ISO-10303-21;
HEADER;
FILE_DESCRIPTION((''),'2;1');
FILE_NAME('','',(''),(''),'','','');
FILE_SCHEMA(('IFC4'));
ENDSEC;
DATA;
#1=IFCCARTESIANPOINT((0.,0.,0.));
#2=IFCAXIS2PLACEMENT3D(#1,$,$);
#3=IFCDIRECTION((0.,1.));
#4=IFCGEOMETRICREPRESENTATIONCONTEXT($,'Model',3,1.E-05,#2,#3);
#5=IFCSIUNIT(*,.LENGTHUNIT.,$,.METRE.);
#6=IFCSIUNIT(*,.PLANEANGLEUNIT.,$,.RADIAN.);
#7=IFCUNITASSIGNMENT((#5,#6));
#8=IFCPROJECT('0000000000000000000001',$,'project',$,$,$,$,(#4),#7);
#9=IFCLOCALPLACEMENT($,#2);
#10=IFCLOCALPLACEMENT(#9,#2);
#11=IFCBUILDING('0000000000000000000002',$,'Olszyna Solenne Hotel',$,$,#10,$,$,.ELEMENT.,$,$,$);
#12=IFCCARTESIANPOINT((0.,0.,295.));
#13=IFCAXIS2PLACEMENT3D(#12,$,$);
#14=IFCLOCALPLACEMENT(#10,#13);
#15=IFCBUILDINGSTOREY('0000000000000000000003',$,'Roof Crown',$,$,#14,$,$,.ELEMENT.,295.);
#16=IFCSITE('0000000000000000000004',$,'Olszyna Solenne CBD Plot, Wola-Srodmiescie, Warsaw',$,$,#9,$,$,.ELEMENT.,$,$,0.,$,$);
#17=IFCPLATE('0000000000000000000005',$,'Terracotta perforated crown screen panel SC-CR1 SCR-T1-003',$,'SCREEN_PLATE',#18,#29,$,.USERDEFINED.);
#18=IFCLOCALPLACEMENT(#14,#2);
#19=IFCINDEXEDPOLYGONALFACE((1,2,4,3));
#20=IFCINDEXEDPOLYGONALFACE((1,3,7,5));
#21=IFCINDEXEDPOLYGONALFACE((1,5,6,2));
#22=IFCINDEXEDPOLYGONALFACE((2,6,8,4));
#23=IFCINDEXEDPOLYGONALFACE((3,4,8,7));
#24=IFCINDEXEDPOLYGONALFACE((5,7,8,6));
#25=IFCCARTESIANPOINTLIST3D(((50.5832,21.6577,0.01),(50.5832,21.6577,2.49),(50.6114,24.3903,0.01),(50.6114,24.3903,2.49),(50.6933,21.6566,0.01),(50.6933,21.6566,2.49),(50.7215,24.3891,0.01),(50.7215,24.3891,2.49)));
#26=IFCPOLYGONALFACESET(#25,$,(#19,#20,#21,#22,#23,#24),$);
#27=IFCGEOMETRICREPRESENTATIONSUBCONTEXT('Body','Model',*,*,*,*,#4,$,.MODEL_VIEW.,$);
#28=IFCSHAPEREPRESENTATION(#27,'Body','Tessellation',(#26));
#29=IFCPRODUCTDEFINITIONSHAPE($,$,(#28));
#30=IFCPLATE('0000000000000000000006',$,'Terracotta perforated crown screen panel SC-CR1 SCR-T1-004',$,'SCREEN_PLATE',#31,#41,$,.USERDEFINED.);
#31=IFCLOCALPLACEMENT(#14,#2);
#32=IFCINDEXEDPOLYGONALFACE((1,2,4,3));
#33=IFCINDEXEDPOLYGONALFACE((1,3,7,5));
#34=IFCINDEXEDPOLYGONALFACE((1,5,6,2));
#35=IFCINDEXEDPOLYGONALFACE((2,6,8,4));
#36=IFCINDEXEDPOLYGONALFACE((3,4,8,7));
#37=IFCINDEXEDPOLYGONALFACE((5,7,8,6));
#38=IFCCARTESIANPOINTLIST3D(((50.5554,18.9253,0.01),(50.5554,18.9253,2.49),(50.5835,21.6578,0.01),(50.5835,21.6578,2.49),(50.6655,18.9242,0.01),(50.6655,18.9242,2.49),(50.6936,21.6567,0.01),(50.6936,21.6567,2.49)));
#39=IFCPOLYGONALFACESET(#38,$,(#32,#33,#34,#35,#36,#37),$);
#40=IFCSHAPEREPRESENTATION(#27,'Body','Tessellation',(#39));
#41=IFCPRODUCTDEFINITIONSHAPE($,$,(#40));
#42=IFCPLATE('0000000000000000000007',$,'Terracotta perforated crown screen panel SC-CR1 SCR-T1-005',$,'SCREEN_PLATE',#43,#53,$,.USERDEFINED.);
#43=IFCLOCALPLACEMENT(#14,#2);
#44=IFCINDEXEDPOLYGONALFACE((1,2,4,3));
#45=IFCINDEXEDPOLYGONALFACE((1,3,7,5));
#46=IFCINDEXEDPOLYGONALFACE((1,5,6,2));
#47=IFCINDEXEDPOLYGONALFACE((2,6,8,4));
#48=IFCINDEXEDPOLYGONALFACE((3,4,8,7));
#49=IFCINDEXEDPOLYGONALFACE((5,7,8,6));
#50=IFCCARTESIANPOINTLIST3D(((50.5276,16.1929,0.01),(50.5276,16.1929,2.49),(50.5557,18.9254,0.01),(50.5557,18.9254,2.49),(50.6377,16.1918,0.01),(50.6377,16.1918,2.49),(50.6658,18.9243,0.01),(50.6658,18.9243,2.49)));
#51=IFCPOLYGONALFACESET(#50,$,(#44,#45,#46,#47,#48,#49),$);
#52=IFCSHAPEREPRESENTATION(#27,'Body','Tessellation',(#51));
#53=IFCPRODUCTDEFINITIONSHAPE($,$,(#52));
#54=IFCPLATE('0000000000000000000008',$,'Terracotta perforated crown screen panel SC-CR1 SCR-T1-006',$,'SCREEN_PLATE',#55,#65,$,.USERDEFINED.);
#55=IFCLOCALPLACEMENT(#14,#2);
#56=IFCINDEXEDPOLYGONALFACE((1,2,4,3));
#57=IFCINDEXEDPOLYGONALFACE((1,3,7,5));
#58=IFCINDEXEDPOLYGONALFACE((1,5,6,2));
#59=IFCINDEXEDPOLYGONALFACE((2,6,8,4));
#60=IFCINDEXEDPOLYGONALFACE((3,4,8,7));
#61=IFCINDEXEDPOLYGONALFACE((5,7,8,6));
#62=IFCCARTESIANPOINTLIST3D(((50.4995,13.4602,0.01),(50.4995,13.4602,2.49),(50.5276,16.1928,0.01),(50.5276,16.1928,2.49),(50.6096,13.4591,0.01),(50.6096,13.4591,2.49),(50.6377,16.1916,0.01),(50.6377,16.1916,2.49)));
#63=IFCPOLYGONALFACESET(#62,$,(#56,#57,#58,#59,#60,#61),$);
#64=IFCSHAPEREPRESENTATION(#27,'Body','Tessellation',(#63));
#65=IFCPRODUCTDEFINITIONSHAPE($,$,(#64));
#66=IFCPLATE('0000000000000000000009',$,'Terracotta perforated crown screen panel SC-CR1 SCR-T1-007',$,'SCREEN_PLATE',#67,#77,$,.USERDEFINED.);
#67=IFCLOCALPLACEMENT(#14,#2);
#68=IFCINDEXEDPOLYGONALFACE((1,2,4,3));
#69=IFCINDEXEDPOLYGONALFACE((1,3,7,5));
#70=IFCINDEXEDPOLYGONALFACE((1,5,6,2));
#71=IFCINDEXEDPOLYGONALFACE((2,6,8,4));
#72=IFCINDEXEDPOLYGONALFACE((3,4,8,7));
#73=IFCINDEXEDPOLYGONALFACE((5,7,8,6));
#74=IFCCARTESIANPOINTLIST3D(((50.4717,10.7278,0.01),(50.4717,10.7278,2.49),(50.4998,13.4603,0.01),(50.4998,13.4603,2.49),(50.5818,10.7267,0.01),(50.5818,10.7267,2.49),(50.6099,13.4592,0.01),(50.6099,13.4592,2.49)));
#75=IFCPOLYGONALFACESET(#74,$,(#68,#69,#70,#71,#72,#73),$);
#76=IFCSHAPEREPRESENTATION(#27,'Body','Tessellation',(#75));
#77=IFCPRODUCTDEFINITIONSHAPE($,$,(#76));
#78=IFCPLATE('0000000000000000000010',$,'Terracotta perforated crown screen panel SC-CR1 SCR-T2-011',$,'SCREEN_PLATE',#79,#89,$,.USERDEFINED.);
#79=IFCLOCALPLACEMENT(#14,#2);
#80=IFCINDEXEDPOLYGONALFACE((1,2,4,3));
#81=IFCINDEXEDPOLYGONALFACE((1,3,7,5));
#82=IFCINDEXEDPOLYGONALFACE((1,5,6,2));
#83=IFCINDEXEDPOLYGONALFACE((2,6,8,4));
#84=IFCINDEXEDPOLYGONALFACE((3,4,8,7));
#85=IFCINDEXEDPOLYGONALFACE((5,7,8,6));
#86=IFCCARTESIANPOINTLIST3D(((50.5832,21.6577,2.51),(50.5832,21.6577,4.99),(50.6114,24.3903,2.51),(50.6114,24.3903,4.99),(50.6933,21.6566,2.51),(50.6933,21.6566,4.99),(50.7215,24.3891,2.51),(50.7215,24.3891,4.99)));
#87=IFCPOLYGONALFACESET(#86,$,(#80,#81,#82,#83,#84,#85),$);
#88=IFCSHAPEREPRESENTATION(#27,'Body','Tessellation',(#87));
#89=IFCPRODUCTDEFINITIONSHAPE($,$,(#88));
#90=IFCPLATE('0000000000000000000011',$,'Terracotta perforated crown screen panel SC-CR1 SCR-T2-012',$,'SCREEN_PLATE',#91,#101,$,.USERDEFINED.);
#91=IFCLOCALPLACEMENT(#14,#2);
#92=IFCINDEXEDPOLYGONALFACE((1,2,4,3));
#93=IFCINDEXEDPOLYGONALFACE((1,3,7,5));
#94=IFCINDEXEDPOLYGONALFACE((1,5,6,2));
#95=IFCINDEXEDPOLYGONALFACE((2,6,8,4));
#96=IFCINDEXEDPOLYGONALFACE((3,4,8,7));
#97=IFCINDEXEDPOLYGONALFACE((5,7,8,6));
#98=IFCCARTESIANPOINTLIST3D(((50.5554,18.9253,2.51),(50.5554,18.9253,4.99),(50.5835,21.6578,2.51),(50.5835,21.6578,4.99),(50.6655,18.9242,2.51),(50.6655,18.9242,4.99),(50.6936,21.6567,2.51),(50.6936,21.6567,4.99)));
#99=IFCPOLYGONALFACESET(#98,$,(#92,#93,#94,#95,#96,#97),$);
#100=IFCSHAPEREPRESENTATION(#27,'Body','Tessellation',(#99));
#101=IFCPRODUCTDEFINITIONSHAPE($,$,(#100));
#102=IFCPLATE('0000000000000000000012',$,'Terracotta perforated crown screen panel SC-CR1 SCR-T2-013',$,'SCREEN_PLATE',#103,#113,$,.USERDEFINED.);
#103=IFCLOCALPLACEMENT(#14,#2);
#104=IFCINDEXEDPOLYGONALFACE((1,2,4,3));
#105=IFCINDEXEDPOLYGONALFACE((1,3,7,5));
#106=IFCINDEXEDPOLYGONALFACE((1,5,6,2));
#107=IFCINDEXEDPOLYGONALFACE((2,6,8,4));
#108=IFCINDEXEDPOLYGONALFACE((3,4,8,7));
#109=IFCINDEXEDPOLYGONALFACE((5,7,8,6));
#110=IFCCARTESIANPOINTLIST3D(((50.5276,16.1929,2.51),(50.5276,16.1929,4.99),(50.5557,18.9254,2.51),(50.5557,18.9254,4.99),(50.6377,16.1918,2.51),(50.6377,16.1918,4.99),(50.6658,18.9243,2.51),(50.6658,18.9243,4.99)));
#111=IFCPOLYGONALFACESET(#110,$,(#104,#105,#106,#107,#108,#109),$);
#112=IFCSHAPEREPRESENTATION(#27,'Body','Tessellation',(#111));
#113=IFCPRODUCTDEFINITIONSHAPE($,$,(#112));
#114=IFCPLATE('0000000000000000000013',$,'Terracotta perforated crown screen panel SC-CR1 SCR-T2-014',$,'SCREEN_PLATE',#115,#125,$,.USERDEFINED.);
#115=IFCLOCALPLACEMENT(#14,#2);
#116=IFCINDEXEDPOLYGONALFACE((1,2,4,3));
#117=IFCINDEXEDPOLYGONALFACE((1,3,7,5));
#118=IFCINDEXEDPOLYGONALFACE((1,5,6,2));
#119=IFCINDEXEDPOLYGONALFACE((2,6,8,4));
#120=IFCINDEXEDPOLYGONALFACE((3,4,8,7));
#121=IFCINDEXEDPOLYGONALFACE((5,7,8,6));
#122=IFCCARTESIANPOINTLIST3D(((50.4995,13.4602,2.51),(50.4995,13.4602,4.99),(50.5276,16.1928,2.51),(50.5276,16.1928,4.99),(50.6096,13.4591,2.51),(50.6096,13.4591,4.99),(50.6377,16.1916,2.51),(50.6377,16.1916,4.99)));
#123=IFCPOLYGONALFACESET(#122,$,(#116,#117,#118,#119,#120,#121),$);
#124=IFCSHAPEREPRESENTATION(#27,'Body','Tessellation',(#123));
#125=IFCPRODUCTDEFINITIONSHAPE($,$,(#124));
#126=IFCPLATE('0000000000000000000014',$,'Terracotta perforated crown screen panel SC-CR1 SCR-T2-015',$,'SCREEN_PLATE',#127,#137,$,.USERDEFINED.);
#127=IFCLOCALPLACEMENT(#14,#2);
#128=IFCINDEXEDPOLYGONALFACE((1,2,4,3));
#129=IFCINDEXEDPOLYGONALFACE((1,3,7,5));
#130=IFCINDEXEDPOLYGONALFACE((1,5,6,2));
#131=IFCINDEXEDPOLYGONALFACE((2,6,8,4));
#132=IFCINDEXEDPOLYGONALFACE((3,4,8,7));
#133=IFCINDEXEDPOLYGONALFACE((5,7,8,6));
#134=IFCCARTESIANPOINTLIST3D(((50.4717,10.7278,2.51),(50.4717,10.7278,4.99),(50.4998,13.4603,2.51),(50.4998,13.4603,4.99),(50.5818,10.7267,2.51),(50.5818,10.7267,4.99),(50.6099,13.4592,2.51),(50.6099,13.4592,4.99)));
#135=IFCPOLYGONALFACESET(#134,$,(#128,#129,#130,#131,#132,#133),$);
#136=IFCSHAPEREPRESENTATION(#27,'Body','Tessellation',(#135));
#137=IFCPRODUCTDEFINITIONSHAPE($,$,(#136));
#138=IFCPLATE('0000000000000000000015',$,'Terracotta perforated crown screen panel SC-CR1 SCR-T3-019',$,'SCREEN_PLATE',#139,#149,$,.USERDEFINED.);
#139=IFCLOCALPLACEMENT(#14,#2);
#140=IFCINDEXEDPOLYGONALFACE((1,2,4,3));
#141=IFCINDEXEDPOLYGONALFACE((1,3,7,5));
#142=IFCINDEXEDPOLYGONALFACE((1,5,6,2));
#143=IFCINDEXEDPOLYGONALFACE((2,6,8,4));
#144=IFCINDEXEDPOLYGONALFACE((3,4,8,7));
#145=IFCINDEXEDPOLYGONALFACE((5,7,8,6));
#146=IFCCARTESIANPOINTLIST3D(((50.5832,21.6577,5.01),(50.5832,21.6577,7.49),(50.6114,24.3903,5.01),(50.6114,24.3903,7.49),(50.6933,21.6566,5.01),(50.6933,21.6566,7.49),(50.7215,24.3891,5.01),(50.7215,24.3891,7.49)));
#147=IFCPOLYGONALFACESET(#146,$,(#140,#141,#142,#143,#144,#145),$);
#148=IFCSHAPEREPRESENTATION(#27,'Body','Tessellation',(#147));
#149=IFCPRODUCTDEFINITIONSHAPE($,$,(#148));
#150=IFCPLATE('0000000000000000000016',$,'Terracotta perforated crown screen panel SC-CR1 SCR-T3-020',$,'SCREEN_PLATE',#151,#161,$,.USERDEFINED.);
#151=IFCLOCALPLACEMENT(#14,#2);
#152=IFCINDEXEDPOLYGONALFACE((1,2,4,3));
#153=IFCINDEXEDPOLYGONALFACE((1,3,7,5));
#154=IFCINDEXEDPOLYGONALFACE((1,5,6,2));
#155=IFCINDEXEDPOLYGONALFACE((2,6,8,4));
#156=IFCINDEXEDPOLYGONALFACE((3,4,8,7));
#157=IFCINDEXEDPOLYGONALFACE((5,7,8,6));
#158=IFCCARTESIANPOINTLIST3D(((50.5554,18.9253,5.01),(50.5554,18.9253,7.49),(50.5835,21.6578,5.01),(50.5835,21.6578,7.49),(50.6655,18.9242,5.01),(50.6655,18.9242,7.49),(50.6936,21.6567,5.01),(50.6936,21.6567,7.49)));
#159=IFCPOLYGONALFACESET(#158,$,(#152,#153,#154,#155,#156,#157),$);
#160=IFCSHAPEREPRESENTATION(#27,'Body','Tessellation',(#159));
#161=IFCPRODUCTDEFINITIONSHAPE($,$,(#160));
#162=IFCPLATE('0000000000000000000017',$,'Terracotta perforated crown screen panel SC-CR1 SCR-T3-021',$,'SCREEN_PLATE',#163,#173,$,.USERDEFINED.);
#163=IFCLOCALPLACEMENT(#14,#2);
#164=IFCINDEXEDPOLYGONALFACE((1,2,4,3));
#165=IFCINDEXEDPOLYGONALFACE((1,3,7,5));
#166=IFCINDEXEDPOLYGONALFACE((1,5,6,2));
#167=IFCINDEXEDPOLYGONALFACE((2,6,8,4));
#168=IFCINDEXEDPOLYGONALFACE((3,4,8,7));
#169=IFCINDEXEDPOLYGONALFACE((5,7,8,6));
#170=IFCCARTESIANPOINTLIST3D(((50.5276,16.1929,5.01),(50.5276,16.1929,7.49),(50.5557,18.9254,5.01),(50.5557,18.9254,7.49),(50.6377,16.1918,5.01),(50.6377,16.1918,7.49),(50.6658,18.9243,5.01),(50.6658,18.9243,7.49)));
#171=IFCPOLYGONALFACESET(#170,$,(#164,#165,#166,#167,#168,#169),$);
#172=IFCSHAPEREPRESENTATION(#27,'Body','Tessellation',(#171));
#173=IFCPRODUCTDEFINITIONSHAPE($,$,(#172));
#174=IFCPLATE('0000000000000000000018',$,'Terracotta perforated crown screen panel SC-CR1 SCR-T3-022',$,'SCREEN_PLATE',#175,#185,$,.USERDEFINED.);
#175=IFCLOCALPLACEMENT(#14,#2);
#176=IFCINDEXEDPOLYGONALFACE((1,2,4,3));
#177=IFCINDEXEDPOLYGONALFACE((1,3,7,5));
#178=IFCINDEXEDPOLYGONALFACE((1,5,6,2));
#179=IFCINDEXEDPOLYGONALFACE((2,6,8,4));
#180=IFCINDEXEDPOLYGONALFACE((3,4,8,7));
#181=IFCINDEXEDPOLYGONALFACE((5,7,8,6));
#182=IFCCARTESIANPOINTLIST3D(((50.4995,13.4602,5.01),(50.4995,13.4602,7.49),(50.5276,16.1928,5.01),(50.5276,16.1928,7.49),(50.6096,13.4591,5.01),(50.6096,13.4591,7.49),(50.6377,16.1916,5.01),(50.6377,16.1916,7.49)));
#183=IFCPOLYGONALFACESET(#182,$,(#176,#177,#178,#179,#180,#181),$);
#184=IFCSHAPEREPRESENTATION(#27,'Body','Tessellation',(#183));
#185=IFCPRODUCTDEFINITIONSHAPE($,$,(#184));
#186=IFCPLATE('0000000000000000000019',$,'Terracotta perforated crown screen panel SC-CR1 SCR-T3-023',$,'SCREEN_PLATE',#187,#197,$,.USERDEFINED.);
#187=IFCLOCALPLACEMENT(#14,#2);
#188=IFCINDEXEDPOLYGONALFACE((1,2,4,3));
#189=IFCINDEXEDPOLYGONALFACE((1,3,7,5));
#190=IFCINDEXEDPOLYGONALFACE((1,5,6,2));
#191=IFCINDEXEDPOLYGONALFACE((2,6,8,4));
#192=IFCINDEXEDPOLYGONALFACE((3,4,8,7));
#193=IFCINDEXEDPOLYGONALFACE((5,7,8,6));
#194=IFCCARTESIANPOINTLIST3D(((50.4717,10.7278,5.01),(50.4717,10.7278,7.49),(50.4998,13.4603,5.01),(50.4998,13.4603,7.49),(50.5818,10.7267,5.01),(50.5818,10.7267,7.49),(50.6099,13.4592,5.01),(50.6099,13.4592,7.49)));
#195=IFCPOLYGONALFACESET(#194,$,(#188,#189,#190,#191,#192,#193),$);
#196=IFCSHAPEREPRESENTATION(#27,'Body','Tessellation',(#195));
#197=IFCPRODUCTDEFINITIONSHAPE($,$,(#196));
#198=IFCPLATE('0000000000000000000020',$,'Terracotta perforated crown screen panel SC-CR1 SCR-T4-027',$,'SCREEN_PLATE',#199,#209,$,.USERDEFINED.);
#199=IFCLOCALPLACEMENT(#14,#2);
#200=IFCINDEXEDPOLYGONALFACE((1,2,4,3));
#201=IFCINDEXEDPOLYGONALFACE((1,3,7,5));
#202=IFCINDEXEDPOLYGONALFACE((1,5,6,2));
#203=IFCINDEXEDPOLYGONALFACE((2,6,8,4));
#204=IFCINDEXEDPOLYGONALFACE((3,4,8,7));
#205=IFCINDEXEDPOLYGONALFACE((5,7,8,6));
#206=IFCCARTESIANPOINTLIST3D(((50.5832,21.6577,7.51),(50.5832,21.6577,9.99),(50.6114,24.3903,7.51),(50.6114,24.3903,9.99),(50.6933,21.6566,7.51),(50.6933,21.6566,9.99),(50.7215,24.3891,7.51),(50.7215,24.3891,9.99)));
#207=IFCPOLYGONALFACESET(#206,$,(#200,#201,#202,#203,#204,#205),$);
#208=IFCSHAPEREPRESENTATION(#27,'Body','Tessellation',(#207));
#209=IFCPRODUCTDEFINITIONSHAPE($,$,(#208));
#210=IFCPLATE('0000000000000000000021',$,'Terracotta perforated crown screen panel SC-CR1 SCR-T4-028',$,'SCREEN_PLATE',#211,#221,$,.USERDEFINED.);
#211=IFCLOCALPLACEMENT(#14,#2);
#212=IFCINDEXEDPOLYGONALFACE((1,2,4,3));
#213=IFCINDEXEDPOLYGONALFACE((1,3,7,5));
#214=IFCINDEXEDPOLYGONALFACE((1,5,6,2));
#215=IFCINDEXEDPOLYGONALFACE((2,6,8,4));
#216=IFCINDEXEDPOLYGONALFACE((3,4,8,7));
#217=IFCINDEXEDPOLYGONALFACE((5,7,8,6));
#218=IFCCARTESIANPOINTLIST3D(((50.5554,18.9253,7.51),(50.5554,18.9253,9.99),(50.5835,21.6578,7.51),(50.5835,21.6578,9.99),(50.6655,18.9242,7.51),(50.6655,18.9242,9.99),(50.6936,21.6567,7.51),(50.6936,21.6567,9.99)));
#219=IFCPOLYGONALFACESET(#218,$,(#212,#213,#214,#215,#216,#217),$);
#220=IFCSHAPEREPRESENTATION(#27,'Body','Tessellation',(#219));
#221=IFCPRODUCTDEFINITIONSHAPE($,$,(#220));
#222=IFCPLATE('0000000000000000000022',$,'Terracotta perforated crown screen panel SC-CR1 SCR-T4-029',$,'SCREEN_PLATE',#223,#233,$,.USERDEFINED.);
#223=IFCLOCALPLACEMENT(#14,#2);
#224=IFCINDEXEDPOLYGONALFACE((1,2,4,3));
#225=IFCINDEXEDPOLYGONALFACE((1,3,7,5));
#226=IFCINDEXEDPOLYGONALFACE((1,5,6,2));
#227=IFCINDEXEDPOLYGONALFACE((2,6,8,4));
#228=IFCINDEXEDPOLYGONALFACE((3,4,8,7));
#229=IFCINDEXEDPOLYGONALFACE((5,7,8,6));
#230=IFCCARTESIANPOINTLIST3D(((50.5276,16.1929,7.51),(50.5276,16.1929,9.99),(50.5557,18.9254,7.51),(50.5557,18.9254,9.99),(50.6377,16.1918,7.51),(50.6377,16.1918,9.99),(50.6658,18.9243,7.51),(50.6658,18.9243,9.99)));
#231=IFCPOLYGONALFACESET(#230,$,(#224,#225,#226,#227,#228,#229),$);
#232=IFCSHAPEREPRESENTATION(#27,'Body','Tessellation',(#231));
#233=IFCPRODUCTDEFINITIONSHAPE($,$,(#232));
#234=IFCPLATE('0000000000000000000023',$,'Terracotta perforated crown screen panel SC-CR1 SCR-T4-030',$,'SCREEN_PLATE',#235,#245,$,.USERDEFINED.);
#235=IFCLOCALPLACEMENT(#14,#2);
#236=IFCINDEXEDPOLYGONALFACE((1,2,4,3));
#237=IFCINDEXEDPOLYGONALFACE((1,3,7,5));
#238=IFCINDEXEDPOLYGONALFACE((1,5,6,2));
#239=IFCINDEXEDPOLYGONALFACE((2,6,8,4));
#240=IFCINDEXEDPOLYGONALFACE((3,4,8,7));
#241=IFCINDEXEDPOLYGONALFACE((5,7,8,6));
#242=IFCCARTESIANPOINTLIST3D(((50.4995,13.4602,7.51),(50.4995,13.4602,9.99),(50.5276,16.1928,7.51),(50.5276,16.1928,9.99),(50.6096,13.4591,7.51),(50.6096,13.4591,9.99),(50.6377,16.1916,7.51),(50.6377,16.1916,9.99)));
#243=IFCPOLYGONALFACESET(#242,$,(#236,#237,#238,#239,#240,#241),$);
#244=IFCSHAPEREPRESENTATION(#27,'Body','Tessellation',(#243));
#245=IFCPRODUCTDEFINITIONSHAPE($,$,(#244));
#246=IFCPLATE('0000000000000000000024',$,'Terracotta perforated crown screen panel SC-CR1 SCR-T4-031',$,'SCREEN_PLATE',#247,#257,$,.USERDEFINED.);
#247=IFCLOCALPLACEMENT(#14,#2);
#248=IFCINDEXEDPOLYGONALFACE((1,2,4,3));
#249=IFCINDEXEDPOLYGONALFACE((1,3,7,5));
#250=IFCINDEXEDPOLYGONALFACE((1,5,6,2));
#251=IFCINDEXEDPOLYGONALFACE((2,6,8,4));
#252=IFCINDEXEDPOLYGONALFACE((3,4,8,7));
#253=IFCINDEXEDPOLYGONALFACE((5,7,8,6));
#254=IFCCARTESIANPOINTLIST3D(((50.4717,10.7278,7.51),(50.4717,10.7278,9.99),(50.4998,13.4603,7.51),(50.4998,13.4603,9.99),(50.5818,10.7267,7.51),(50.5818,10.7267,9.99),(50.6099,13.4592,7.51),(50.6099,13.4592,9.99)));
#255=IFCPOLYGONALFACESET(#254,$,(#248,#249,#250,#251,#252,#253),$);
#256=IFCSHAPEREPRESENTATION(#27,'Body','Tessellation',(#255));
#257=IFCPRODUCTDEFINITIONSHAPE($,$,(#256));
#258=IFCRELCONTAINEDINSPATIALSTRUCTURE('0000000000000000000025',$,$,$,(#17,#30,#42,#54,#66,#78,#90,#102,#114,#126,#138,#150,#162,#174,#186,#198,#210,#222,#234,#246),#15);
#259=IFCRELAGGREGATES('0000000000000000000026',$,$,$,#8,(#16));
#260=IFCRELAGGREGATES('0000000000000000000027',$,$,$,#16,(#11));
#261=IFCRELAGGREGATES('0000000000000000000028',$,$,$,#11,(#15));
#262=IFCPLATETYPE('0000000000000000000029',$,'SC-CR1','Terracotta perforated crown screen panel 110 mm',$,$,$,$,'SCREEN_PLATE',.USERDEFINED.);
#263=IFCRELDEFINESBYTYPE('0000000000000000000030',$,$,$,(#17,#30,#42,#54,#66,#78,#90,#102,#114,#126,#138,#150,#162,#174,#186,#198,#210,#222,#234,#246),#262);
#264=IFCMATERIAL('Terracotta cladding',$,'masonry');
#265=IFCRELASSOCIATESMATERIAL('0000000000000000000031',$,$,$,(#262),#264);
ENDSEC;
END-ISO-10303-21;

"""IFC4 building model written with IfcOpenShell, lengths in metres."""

from ifc_helpers import new_model, si_unit, direction, frame, origin, origin_2d, place, context, subcontext, project, spatial, rectangle, extrude, source, transform, mapped, material, type_object, element, save


model = new_model("IFC4")

# Units and contexts
model_context = context("Model", 3, precision=1e-05, world=origin(), true_north=direction((0.0, 1.0)))
body_context = subcontext(model_context, "Body", "Model", "MODEL_VIEW")
ifc_project = project(units=[si_unit("LENGTHUNIT", "METRE"), si_unit("PLANEANGLEUNIT", "RADIAN")], contexts=[model_context])

# Site, building, storey
site_placement = place(None, origin())
site = spatial("IfcSite", under=ifc_project, at=site_placement, Name="Olszyna Solenne CBD Plot, Wola-Srodmiescie, Warsaw", CompositionType="ELEMENT", RefElevation=0.0)
building_placement = place(site_placement, origin())
building = spatial("IfcBuilding", under=site, at=building_placement, Name="Olszyna Solenne Hotel", CompositionType="ELEMENT")
storey_placement = place(building_placement, frame((0.0, 0.0, 295.0)))
storey = spatial("IfcBuildingStorey", under=building, at=storey_placement, Name="Roof Crown", CompositionType="ELEMENT", Elevation=295.0)

# Plates
ifc_material = material(Name="Terracotta cladding", Category="masonry")
plate_type = type_object("IfcPlateType", Name="SC-CR1", Description="Terracotta perforated crown screen panel 110 mm", ElementType="SCREEN_PLATE", PredefinedType="USERDEFINED", material=ifc_material)
shared_shape_1 = source(origin(), body_context, "Body", "SweptSolid", [
    extrude(rectangle(XDim=2.7327, YDim=0.1101, at=origin_2d()), origin(), (0.0, 0.0, 1.0), 2.48),
])
for number, where, z_axis, x_axis, name in (
    (1, (50.6523, 23.0234, 0.01), (0.0, 0.0, 1.0), (-0.010297, -0.999947, 0.0), "Terracotta perforated crown screen panel SC-CR1 SCR-T1-003"),
    (2, (50.6245, 20.291, 0.01), (0.0, 0.0, 1.0), (-0.010297, -0.999947, 0.0), "Terracotta perforated crown screen panel SC-CR1 SCR-T1-004"),
    (3, (50.5967, 17.5586, 0.01), (0.0, 0.0, 1.0), (-0.010297, -0.999947, 0.0), "Terracotta perforated crown screen panel SC-CR1 SCR-T1-005"),
    (4, (50.5686, 14.8259, 0.01), (0.0, 0.0, 1.0), (-0.010297, -0.999947, 0.0), "Terracotta perforated crown screen panel SC-CR1 SCR-T1-006"),
    (5, (50.5408, 12.0935, 0.01), (0.0, 0.0, 1.0), (-0.010297, -0.999947, 0.0), "Terracotta perforated crown screen panel SC-CR1 SCR-T1-007"),
    (6, (50.6523, 23.0234, 2.51), (0.0, 0.0, 1.0), (-0.010297, -0.999947, 0.0), "Terracotta perforated crown screen panel SC-CR1 SCR-T2-011"),
    (7, (50.6245, 20.291, 2.51), (0.0, 0.0, 1.0), (-0.010297, -0.999947, 0.0), "Terracotta perforated crown screen panel SC-CR1 SCR-T2-012"),
    (8, (50.5967, 17.5586, 2.51), (0.0, 0.0, 1.0), (-0.010297, -0.999947, 0.0), "Terracotta perforated crown screen panel SC-CR1 SCR-T2-013"),
    (9, (50.5686, 14.8259, 2.51), (0.0, 0.0, 1.0), (-0.010297, -0.999947, 0.0), "Terracotta perforated crown screen panel SC-CR1 SCR-T2-014"),
    (10, (50.5408, 12.0935, 2.51), (0.0, 0.0, 1.0), (-0.010297, -0.999947, 0.0), "Terracotta perforated crown screen panel SC-CR1 SCR-T2-015"),
    (11, (50.6523, 23.0234, 5.01), (0.0, 0.0, 1.0), (-0.010297, -0.999947, 0.0), "Terracotta perforated crown screen panel SC-CR1 SCR-T3-019"),
    (12, (50.6245, 20.291, 5.01), (0.0, 0.0, 1.0), (-0.010297, -0.999947, 0.0), "Terracotta perforated crown screen panel SC-CR1 SCR-T3-020"),
    (13, (50.5967, 17.5586, 5.01), (0.0, 0.0, 1.0), (-0.010297, -0.999947, 0.0), "Terracotta perforated crown screen panel SC-CR1 SCR-T3-021"),
    (14, (50.5686, 14.8259, 5.01), (0.0, 0.0, 1.0), (-0.010297, -0.999947, 0.0), "Terracotta perforated crown screen panel SC-CR1 SCR-T3-022"),
    (15, (50.5408, 12.0935, 5.01), (0.0, 0.0, 1.0), (-0.010297, -0.999947, 0.0), "Terracotta perforated crown screen panel SC-CR1 SCR-T3-023"),
    (16, (50.6523, 23.0234, 7.51), (0.0, 0.0, 1.0), (-0.010297, -0.999947, 0.0), "Terracotta perforated crown screen panel SC-CR1 SCR-T4-027"),
    (17, (50.6245, 20.291, 7.51), (0.0, 0.0, 1.0), (-0.010297, -0.999947, 0.0), "Terracotta perforated crown screen panel SC-CR1 SCR-T4-028"),
    (18, (50.5967, 17.5586, 7.51), (0.0, 0.0, 1.0), (-0.010297, -0.999947, 0.0), "Terracotta perforated crown screen panel SC-CR1 SCR-T4-029"),
    (19, (50.5686, 14.8259, 7.51), (0.0, 0.0, 1.0), (-0.010297, -0.999947, 0.0), "Terracotta perforated crown screen panel SC-CR1 SCR-T4-030"),
    (20, (50.5408, 12.0935, 7.51), (0.0, 0.0, 1.0), (-0.010297, -0.999947, 0.0), "Terracotta perforated crown screen panel SC-CR1 SCR-T4-031"),
):
    element("IfcPlate", number, at=place(storey_placement, frame(where, z_axis=z_axis, x_axis=x_axis)), inside=storey, type_object=plate_type, Name=name, ObjectType="SCREEN_PLATE", PredefinedType="USERDEFINED", context=body_context, shape_type="MappedRepresentation", body=[
        mapped(shared_shape_1, transform((0.0, 0.0, 0.0), x_axis=(1.0, 0.0, 0.0), y_axis=(0.0, 1.0, 0.0), z_axis=(0.0, 0.0, 1.0), scale=1.0)),
    ])

save(model, "model.ifc")
